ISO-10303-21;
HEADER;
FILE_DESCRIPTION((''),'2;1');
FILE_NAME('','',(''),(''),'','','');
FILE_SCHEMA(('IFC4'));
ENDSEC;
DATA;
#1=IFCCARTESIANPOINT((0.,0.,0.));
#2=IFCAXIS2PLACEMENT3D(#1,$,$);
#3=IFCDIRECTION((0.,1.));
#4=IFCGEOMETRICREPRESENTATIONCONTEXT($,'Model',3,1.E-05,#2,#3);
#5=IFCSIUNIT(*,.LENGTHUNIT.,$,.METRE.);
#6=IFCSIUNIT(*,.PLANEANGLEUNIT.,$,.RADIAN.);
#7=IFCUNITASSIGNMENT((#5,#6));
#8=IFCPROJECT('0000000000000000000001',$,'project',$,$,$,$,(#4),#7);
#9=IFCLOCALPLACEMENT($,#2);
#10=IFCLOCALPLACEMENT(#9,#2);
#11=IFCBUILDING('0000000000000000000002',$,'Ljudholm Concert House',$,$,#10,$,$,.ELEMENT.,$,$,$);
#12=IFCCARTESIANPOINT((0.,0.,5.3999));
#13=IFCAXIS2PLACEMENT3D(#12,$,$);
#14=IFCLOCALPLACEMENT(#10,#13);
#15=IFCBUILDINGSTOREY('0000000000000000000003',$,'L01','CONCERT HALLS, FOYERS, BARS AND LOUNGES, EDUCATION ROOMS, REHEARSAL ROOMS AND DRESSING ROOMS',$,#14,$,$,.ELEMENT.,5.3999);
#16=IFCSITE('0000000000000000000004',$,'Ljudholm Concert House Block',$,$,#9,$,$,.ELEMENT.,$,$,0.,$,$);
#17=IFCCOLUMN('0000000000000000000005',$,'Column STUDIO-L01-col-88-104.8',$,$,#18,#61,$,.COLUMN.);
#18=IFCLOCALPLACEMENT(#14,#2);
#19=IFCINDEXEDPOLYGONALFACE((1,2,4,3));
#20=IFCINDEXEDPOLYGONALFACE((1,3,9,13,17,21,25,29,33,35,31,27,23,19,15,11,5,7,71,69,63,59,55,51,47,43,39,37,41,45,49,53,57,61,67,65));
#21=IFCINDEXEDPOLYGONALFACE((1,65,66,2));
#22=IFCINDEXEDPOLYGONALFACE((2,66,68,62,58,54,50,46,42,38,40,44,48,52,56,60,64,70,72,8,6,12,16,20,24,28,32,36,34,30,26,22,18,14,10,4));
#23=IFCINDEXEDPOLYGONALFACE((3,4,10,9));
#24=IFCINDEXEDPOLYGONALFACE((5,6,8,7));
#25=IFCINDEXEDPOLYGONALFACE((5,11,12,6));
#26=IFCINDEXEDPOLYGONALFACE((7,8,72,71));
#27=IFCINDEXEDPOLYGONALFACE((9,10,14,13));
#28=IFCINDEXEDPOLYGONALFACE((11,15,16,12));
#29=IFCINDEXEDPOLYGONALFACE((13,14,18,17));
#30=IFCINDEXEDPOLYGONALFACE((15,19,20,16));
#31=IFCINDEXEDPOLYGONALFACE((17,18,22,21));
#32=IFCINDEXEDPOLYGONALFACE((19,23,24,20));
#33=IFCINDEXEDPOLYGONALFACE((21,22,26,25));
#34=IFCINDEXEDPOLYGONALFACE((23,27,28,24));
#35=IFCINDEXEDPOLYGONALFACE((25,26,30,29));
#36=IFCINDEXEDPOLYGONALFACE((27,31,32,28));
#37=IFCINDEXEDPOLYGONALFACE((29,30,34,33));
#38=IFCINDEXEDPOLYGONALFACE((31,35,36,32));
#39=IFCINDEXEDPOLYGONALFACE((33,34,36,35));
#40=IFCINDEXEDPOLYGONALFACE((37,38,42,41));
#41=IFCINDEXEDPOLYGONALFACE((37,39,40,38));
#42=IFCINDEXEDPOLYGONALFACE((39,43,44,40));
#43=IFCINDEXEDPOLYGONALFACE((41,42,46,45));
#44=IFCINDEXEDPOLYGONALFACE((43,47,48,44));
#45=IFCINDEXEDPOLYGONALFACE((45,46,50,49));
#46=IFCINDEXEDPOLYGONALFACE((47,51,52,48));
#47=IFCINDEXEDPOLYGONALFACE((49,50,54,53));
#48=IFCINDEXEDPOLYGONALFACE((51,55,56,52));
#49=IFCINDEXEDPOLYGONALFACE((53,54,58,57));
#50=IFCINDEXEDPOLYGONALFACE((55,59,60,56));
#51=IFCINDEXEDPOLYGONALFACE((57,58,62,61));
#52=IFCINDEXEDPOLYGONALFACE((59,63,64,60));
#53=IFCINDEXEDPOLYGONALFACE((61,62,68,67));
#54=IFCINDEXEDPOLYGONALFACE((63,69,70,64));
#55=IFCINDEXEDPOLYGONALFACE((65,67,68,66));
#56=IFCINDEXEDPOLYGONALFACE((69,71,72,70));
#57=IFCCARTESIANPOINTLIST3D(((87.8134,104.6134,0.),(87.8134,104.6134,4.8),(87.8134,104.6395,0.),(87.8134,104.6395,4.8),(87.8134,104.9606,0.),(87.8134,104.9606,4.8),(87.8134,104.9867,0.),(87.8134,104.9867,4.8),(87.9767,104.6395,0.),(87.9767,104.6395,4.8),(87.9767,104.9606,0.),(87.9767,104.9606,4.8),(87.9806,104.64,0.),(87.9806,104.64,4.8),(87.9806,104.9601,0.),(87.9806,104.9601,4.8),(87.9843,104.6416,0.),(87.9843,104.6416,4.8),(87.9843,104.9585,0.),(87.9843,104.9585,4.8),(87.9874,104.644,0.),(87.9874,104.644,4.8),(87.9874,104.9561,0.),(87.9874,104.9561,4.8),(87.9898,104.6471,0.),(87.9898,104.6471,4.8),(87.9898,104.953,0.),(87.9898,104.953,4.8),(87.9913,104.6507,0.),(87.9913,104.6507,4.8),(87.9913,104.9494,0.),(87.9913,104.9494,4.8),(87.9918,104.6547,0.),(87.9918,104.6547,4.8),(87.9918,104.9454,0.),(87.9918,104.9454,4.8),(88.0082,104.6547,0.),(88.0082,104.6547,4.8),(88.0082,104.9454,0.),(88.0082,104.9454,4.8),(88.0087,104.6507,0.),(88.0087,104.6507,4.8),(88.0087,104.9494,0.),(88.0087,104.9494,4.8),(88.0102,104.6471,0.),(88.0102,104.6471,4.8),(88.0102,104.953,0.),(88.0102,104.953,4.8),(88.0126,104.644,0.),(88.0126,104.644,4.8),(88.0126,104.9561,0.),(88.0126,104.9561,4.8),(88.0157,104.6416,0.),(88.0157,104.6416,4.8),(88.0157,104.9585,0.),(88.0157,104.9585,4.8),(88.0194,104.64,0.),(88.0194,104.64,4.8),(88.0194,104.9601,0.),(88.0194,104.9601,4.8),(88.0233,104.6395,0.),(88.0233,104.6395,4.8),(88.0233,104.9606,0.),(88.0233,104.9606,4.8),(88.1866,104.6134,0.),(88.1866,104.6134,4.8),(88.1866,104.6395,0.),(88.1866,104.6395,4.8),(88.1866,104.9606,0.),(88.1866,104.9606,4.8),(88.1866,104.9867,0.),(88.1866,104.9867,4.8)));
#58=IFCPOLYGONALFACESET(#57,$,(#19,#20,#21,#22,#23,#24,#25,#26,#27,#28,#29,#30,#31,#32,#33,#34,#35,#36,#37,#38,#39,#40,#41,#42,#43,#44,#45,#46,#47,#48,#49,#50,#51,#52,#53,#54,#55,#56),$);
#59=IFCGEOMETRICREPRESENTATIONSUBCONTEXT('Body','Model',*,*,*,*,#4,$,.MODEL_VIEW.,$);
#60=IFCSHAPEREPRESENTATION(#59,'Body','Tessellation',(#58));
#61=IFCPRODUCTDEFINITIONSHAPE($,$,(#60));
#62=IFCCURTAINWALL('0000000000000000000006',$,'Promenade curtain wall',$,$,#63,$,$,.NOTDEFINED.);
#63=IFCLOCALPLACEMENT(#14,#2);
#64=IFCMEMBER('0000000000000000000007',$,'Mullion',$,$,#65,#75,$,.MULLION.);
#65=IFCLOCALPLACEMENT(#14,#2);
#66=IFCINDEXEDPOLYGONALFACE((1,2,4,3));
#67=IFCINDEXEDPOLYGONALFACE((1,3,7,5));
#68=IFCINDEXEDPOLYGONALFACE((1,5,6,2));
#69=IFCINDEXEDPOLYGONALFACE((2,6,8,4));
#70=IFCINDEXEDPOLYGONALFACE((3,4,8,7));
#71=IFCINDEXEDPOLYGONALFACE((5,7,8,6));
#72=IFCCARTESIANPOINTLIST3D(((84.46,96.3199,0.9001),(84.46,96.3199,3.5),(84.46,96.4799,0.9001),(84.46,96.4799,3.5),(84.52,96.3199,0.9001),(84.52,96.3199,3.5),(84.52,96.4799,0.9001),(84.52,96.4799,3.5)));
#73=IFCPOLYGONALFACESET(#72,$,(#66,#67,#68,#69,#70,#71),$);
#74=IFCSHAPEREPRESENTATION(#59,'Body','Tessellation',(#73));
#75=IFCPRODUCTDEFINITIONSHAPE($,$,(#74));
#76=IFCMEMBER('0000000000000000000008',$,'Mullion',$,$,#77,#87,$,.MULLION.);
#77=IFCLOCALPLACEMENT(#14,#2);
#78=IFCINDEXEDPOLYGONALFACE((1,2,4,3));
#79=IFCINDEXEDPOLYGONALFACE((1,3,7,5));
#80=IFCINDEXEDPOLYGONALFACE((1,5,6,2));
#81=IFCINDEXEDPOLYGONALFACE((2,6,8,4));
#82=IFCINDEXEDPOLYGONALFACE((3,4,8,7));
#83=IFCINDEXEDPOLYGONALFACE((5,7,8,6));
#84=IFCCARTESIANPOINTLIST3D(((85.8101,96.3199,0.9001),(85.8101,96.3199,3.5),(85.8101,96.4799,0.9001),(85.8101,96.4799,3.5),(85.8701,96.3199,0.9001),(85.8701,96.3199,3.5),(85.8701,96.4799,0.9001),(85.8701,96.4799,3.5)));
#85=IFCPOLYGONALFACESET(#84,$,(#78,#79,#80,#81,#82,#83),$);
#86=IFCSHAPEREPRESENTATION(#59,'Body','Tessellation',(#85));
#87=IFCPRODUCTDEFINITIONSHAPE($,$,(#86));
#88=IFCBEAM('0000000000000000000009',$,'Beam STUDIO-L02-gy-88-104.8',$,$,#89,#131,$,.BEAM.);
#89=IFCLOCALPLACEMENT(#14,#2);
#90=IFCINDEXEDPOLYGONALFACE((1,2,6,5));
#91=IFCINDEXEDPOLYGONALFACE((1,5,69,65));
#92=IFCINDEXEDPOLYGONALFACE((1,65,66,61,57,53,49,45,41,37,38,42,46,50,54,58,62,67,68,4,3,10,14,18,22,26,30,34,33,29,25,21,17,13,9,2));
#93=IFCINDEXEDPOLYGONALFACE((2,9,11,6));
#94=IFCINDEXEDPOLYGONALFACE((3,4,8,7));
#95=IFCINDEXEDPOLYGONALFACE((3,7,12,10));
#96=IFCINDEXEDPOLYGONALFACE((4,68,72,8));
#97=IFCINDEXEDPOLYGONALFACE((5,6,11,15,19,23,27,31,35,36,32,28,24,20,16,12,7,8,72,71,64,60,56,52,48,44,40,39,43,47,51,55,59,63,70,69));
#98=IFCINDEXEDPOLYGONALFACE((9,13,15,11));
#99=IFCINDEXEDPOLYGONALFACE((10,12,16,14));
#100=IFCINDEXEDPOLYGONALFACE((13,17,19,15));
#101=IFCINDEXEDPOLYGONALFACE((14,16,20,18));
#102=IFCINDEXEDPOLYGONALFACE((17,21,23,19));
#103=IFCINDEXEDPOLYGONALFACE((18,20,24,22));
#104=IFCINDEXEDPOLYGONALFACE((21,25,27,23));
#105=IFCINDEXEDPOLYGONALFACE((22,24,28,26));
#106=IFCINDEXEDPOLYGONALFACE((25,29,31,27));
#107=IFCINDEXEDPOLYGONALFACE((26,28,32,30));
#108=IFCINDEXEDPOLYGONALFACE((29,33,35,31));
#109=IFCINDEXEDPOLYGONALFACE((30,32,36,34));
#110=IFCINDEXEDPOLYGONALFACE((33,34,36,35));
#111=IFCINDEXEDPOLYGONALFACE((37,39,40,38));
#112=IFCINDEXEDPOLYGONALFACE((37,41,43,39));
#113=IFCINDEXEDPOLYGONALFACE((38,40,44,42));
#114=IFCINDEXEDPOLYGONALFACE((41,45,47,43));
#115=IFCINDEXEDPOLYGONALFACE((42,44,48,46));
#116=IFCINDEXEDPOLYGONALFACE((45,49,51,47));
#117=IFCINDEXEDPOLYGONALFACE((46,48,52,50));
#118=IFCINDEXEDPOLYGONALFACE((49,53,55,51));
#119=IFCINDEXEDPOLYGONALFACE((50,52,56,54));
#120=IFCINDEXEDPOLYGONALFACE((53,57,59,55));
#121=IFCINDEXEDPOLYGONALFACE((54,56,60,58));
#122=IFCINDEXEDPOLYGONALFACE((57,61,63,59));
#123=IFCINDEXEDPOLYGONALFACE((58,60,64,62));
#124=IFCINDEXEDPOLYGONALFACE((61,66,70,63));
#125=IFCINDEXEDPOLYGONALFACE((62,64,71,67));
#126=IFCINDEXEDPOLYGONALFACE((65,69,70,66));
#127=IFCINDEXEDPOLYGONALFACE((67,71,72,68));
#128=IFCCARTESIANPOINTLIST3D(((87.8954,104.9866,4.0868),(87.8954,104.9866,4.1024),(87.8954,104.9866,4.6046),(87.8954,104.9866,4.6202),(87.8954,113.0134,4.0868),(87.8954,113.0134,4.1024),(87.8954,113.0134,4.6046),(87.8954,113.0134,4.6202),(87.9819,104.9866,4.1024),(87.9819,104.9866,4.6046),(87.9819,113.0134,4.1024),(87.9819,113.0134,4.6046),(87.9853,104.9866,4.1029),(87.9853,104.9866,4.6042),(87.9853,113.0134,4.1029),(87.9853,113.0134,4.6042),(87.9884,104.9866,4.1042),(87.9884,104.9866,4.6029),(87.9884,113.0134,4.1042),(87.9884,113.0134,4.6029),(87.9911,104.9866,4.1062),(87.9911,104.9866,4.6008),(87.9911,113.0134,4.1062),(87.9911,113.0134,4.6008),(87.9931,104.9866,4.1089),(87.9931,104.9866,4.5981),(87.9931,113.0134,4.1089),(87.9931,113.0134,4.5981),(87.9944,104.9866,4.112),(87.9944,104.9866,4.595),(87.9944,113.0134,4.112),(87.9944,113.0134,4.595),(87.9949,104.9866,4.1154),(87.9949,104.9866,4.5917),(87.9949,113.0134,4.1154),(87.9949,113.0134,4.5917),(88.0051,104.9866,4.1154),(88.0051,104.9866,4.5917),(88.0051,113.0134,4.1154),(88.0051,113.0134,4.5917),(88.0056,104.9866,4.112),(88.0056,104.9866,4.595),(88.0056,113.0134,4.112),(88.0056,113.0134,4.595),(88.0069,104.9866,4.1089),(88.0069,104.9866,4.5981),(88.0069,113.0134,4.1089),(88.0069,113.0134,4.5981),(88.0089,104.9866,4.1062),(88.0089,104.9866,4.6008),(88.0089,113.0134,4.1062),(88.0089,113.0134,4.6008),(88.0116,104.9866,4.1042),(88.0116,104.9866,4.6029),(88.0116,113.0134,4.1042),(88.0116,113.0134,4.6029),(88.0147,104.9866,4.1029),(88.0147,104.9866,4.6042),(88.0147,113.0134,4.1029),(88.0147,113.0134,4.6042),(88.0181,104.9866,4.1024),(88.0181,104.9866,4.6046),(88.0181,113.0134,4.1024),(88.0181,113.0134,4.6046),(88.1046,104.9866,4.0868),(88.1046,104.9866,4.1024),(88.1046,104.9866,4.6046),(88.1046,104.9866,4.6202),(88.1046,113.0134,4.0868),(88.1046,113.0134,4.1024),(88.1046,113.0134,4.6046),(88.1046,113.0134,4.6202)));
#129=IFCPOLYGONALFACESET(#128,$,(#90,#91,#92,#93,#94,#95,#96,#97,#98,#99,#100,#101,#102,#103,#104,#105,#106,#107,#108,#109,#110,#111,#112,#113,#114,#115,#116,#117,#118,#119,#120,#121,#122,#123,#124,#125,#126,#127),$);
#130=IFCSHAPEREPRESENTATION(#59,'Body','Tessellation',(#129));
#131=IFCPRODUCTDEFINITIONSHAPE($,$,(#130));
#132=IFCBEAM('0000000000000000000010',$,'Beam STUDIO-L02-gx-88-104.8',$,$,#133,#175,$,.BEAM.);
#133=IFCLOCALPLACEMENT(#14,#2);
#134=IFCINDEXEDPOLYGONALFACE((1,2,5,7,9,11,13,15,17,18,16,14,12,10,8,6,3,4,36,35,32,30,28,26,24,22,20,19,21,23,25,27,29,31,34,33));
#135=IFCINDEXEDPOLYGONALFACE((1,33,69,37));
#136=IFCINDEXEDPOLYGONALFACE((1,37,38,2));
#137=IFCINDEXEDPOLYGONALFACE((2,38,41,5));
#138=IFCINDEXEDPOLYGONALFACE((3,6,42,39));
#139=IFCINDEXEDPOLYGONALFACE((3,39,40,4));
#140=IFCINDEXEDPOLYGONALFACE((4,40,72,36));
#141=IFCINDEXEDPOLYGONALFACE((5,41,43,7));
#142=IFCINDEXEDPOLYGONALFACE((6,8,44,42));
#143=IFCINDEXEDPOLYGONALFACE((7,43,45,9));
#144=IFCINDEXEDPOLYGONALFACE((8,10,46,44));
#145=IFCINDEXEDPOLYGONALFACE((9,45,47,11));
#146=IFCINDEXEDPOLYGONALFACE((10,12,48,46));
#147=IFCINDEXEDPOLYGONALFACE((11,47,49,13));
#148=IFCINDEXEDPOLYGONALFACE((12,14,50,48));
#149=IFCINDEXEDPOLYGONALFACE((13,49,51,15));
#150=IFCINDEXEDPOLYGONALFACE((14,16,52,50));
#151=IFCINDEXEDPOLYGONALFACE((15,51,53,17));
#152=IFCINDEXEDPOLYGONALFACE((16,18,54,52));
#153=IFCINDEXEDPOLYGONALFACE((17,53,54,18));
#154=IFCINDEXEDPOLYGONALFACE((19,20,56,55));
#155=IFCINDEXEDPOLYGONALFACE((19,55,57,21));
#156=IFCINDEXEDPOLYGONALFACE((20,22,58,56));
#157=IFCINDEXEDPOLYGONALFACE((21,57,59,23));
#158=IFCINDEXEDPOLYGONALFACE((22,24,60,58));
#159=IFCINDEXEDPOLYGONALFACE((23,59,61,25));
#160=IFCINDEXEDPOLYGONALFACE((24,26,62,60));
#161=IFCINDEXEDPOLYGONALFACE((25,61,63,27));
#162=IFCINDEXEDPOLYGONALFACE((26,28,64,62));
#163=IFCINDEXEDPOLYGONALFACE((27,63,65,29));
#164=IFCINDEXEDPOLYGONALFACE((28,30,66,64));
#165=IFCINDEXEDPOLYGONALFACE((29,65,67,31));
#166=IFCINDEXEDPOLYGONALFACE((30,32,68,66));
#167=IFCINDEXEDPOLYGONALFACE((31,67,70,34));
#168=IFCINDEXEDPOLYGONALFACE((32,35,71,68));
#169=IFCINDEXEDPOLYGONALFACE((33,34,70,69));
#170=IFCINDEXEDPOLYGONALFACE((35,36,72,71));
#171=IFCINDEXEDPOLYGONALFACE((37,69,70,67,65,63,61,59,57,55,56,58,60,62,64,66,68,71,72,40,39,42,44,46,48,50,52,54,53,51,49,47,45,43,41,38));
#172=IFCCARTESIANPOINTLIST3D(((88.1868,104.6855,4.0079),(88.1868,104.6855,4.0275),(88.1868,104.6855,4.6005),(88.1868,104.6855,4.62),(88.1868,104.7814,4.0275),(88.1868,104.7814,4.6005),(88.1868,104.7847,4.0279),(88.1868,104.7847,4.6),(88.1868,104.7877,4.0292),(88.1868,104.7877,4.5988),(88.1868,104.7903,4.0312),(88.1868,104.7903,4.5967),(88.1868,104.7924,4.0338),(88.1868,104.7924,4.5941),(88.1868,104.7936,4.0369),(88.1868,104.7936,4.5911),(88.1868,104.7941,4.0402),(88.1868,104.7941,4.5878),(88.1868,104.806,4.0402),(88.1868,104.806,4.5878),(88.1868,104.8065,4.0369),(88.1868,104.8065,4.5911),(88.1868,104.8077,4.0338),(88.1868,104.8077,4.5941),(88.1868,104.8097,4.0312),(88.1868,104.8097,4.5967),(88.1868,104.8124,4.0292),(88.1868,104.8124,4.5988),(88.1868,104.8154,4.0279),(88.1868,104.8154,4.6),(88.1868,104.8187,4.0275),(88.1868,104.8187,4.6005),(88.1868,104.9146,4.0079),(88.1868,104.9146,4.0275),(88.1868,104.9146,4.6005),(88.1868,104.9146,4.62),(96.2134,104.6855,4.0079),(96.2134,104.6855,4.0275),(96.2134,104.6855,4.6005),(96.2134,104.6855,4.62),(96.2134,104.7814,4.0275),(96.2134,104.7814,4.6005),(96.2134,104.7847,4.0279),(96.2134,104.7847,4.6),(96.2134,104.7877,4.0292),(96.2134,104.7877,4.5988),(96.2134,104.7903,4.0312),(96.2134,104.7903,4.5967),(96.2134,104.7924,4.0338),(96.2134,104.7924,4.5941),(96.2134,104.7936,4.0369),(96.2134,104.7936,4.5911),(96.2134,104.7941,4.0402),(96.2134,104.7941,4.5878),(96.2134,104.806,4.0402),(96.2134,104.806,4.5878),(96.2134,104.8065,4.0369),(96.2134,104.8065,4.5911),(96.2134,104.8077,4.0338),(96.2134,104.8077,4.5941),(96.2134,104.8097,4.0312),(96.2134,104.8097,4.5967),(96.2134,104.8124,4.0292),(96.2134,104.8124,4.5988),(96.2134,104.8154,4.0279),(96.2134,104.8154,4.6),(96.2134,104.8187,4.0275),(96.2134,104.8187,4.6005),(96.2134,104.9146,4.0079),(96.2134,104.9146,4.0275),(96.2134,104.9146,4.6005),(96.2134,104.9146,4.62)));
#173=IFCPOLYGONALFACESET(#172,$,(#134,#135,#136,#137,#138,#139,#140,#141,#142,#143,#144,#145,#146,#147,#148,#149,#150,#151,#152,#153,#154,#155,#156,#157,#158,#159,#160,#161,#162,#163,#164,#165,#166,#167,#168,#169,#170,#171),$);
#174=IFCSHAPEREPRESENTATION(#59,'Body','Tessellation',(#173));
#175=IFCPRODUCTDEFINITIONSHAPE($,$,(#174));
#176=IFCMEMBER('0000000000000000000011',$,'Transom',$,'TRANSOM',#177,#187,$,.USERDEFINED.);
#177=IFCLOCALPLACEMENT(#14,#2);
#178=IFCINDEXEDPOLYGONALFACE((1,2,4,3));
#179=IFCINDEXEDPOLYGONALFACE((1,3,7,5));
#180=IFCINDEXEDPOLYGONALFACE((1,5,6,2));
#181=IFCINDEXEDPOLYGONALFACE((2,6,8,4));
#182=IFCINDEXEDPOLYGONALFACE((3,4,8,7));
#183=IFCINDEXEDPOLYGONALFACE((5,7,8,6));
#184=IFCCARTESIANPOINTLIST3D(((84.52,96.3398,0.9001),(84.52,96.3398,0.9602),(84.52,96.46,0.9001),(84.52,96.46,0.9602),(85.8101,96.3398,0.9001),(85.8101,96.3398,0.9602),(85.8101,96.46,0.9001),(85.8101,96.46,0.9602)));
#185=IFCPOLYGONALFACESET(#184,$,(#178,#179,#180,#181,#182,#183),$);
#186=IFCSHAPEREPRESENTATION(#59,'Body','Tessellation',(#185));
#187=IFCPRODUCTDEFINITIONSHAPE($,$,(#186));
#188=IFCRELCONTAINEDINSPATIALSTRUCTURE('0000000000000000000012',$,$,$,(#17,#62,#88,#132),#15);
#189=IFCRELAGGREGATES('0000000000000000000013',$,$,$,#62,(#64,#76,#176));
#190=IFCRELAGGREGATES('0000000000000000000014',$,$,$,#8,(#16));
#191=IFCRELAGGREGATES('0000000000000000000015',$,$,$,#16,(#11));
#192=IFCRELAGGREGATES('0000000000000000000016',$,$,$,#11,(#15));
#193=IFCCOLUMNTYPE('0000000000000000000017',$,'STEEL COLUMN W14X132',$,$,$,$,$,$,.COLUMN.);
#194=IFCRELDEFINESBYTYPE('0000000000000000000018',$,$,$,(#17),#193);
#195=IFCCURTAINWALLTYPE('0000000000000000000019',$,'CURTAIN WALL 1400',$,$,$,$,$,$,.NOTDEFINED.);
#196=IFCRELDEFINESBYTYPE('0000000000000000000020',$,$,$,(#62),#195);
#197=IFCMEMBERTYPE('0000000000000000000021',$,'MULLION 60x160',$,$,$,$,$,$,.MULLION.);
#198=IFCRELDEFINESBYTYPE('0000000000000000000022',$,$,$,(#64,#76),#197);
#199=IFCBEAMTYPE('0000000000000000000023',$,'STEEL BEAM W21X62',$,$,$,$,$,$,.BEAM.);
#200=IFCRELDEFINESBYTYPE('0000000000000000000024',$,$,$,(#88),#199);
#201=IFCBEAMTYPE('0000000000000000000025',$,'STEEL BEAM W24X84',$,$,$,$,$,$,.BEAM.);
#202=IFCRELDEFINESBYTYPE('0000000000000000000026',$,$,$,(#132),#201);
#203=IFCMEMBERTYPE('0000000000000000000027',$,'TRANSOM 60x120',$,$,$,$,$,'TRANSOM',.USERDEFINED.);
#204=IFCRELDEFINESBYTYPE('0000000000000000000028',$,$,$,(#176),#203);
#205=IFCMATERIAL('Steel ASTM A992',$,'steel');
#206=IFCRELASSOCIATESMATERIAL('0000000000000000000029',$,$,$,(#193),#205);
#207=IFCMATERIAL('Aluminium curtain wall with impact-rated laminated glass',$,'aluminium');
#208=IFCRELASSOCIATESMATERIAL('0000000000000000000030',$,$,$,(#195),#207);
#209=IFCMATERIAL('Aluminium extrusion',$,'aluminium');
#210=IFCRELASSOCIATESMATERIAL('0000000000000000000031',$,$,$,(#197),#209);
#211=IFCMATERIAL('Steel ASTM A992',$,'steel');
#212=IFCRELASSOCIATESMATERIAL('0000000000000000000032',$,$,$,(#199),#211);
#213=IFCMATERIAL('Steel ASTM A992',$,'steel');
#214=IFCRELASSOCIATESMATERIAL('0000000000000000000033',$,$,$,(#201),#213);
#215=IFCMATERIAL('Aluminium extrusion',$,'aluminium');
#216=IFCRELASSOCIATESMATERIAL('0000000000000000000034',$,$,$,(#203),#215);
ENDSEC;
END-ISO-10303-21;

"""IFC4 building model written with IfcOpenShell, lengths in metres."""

from ifc_helpers import new_model, si_unit, direction, frame, origin, origin_2d, place, context, subcontext, project, spatial, rectangle, i_section, extrude, material, material_profile, profile_set, type_object, element, aggregate, save


model = new_model("IFC4")

# Units and contexts
model_context = context("Model", 3, precision=1e-05, world=origin(), true_north=direction((0.0, 1.0)))
body_context = subcontext(model_context, "Body", "Model", "MODEL_VIEW")
ifc_project = project(units=[si_unit("LENGTHUNIT", "METRE"), si_unit("PLANEANGLEUNIT", "RADIAN")], contexts=[model_context])

# Site, building, storey
site_placement = place(None, origin())
site = spatial("IfcSite", under=ifc_project, at=site_placement, Name="Ljudholm Concert House Block", CompositionType="ELEMENT", RefElevation=0.0)
building_placement = place(site_placement, origin())
building = spatial("IfcBuilding", under=site, at=building_placement, Name="Ljudholm Concert House", CompositionType="ELEMENT")
storey_placement = place(building_placement, frame((0.0, 0.0, 5.3999)))
storey = spatial("IfcBuildingStorey", under=building, at=storey_placement, Name="L01", Description="CONCERT HALLS, FOYERS, BARS AND LOUNGES, EDUCATION ROOMS, REHEARSAL ROOMS AND DRESSING ROOMS", CompositionType="ELEMENT", Elevation=5.3999)

# Column
ifc_material_1 = material(Name="Steel ASTM A992", Category="steel")
ifc_material_profile_1 = material_profile(ifc_material_1, i_section(OverallWidth=0.3733, OverallDepth=0.3733, WebThickness=0.0164, FlangeThickness=0.0261, FilletRadius=0.0151, at=origin_2d()), Name="W14X132")
ifc_profile_set_1 = profile_set([ifc_material_profile_1], Name="Steel ASTM A992")
column_type = type_object("IfcColumnType", Name="STEEL COLUMN W14X132", PredefinedType="COLUMN", material=ifc_profile_set_1)
column_placement = place(storey_placement, frame((88.0, 104.8, 0.0), z_axis=(0.0, 0.0, 1.0), x_axis=(1.0, 0.0, 0.0)))
element("IfcColumn", 1, at=column_placement, inside=storey, type_object=column_type, Name="Column STUDIO-L01-col-88-104.8", PredefinedType="COLUMN", context=body_context, shape_type="SweptSolid", body=[
    extrude(i_section(OverallWidth=0.3733, OverallDepth=0.3733, WebThickness=0.0164, FlangeThickness=0.0261, FilletRadius=0.0151, at=origin_2d()), origin(), (0.0, 0.0, 1.0), 4.8),
])

# Curtain wall, members
ifc_material_2 = material(Name="Aluminium curtain wall with impact-rated laminated glass", Category="aluminium")
curtain_wall_type = type_object("IfcCurtainWallType", Name="CURTAIN WALL 1400", PredefinedType="NOTDEFINED", material=ifc_material_2)
curtain_wall_placement = place(storey_placement, origin())
curtain_wall = element("IfcCurtainWall", 2, at=curtain_wall_placement, inside=storey, type_object=curtain_wall_type, Name="Promenade curtain wall", PredefinedType="NOTDEFINED")
ifc_material_3 = material(Name="Aluminium extrusion", Category="aluminium")
ifc_material_profile_2 = material_profile(ifc_material_3, rectangle(XDim=0.1599, YDim=0.0601, at=origin_2d()), Name="MULLION 60x160")
ifc_profile_set_2 = profile_set([ifc_material_profile_2], Name="Aluminium extrusion")
member_type_1 = type_object("IfcMemberType", Name="MULLION 60x160", PredefinedType="MULLION", material=ifc_profile_set_2)
member_1_placement = place(storey_placement, frame((84.49, 96.3999, 0.9001), z_axis=(0.0, 0.0, 1.0), x_axis=(0.0, 1.0, 0.0)))
member_1 = element("IfcMember", 3, at=member_1_placement, type_object=member_type_1, Name="Mullion", PredefinedType="MULLION", context=body_context, shape_type="SweptSolid", body=[
    extrude(rectangle(XDim=0.1599, YDim=0.0601, at=origin_2d()), origin(), (0.0, 0.0, 1.0), 2.5999),
])
member_2_placement = place(storey_placement, frame((85.8401, 96.3999, 0.9001), z_axis=(0.0, 0.0, 1.0), x_axis=(0.0, 1.0, 0.0)))
member_2 = element("IfcMember", 4, at=member_2_placement, type_object=member_type_1, Name="Mullion", PredefinedType="MULLION", context=body_context, shape_type="SweptSolid", body=[
    extrude(rectangle(XDim=0.1599, YDim=0.0601, at=origin_2d()), origin(), (0.0, 0.0, 1.0), 2.5999),
])

# Beams
ifc_material_4 = material(Name="Steel ASTM A992", Category="steel")
ifc_material_profile_3 = material_profile(ifc_material_4, i_section(OverallWidth=0.2092, OverallDepth=0.5334, WebThickness=0.0103, FlangeThickness=0.0156, FilletRadius=0.0129, at=origin_2d()), Name="W21X62")
ifc_profile_set_3 = profile_set([ifc_material_profile_3], Name="Steel ASTM A992")
beam_type_1 = type_object("IfcBeamType", Name="STEEL BEAM W21X62", PredefinedType="BEAM", material=ifc_profile_set_3)
beam_1_placement = place(storey_placement, frame((88.0, 104.9866, 4.3535), z_axis=(0.0, 1.0, 0.0), x_axis=(-1.0, 0.0, 0.0)))
element("IfcBeam", 5, at=beam_1_placement, inside=storey, type_object=beam_type_1, Name="Beam STUDIO-L02-gy-88-104.8", PredefinedType="BEAM", context=body_context, shape_type="SweptSolid", body=[
    extrude(i_section(OverallWidth=0.2092, OverallDepth=0.5334, WebThickness=0.0103, FlangeThickness=0.0156, FilletRadius=0.0129, at=origin_2d()), origin(), (0.0, 0.0, 1.0), 8.0269),
])
ifc_material_5 = material(Name="Steel ASTM A992", Category="steel")
ifc_material_profile_4 = material_profile(ifc_material_5, i_section(OverallWidth=0.229, OverallDepth=0.6121, WebThickness=0.012, FlangeThickness=0.0195, FilletRadius=0.0127, at=origin_2d()), Name="W24X84")
ifc_profile_set_4 = profile_set([ifc_material_profile_4], Name="Steel ASTM A992")
beam_type_2 = type_object("IfcBeamType", Name="STEEL BEAM W24X84", PredefinedType="BEAM", material=ifc_profile_set_4)
beam_2_placement = place(storey_placement, frame((88.1868, 104.8, 4.314), z_axis=(1.0, 0.0, 0.0), x_axis=(0.0, 1.0, 0.0)))
element("IfcBeam", 6, at=beam_2_placement, inside=storey, type_object=beam_type_2, Name="Beam STUDIO-L02-gx-88-104.8", PredefinedType="BEAM", context=body_context, shape_type="SweptSolid", body=[
    extrude(i_section(OverallWidth=0.229, OverallDepth=0.6121, WebThickness=0.012, FlangeThickness=0.0195, FilletRadius=0.0127, at=origin_2d()), origin(), (0.0, 0.0, 1.0), 8.0266),
])

# Member
ifc_material_6 = material(Name="Aluminium extrusion", Category="aluminium")
ifc_material_profile_5 = material_profile(ifc_material_6, rectangle(XDim=0.1201, YDim=0.0601, at=origin_2d()), Name="TRANSOM 60x120")
ifc_profile_set_5 = profile_set([ifc_material_profile_5], Name="Aluminium extrusion")
member_type_2 = type_object("IfcMemberType", Name="TRANSOM 60x120", ElementType="TRANSOM", PredefinedType="USERDEFINED", material=ifc_profile_set_5)
member_3_placement = place(storey_placement, frame((84.52, 96.3999, 0.9302), z_axis=(1.0, 0.0, 0.0), x_axis=(0.0, 1.0, 0.0)))
member_3 = element("IfcMember", 7, at=member_3_placement, type_object=member_type_2, Name="Transom", ObjectType="TRANSOM", PredefinedType="USERDEFINED", context=body_context, shape_type="SweptSolid", body=[
    extrude(rectangle(XDim=0.1201, YDim=0.0601, at=origin_2d()), origin(), (0.0, 0.0, 1.0), 1.29),
])

aggregate(curtain_wall, [member_1, member_2, member_3])

save(model, "model.ifc")
